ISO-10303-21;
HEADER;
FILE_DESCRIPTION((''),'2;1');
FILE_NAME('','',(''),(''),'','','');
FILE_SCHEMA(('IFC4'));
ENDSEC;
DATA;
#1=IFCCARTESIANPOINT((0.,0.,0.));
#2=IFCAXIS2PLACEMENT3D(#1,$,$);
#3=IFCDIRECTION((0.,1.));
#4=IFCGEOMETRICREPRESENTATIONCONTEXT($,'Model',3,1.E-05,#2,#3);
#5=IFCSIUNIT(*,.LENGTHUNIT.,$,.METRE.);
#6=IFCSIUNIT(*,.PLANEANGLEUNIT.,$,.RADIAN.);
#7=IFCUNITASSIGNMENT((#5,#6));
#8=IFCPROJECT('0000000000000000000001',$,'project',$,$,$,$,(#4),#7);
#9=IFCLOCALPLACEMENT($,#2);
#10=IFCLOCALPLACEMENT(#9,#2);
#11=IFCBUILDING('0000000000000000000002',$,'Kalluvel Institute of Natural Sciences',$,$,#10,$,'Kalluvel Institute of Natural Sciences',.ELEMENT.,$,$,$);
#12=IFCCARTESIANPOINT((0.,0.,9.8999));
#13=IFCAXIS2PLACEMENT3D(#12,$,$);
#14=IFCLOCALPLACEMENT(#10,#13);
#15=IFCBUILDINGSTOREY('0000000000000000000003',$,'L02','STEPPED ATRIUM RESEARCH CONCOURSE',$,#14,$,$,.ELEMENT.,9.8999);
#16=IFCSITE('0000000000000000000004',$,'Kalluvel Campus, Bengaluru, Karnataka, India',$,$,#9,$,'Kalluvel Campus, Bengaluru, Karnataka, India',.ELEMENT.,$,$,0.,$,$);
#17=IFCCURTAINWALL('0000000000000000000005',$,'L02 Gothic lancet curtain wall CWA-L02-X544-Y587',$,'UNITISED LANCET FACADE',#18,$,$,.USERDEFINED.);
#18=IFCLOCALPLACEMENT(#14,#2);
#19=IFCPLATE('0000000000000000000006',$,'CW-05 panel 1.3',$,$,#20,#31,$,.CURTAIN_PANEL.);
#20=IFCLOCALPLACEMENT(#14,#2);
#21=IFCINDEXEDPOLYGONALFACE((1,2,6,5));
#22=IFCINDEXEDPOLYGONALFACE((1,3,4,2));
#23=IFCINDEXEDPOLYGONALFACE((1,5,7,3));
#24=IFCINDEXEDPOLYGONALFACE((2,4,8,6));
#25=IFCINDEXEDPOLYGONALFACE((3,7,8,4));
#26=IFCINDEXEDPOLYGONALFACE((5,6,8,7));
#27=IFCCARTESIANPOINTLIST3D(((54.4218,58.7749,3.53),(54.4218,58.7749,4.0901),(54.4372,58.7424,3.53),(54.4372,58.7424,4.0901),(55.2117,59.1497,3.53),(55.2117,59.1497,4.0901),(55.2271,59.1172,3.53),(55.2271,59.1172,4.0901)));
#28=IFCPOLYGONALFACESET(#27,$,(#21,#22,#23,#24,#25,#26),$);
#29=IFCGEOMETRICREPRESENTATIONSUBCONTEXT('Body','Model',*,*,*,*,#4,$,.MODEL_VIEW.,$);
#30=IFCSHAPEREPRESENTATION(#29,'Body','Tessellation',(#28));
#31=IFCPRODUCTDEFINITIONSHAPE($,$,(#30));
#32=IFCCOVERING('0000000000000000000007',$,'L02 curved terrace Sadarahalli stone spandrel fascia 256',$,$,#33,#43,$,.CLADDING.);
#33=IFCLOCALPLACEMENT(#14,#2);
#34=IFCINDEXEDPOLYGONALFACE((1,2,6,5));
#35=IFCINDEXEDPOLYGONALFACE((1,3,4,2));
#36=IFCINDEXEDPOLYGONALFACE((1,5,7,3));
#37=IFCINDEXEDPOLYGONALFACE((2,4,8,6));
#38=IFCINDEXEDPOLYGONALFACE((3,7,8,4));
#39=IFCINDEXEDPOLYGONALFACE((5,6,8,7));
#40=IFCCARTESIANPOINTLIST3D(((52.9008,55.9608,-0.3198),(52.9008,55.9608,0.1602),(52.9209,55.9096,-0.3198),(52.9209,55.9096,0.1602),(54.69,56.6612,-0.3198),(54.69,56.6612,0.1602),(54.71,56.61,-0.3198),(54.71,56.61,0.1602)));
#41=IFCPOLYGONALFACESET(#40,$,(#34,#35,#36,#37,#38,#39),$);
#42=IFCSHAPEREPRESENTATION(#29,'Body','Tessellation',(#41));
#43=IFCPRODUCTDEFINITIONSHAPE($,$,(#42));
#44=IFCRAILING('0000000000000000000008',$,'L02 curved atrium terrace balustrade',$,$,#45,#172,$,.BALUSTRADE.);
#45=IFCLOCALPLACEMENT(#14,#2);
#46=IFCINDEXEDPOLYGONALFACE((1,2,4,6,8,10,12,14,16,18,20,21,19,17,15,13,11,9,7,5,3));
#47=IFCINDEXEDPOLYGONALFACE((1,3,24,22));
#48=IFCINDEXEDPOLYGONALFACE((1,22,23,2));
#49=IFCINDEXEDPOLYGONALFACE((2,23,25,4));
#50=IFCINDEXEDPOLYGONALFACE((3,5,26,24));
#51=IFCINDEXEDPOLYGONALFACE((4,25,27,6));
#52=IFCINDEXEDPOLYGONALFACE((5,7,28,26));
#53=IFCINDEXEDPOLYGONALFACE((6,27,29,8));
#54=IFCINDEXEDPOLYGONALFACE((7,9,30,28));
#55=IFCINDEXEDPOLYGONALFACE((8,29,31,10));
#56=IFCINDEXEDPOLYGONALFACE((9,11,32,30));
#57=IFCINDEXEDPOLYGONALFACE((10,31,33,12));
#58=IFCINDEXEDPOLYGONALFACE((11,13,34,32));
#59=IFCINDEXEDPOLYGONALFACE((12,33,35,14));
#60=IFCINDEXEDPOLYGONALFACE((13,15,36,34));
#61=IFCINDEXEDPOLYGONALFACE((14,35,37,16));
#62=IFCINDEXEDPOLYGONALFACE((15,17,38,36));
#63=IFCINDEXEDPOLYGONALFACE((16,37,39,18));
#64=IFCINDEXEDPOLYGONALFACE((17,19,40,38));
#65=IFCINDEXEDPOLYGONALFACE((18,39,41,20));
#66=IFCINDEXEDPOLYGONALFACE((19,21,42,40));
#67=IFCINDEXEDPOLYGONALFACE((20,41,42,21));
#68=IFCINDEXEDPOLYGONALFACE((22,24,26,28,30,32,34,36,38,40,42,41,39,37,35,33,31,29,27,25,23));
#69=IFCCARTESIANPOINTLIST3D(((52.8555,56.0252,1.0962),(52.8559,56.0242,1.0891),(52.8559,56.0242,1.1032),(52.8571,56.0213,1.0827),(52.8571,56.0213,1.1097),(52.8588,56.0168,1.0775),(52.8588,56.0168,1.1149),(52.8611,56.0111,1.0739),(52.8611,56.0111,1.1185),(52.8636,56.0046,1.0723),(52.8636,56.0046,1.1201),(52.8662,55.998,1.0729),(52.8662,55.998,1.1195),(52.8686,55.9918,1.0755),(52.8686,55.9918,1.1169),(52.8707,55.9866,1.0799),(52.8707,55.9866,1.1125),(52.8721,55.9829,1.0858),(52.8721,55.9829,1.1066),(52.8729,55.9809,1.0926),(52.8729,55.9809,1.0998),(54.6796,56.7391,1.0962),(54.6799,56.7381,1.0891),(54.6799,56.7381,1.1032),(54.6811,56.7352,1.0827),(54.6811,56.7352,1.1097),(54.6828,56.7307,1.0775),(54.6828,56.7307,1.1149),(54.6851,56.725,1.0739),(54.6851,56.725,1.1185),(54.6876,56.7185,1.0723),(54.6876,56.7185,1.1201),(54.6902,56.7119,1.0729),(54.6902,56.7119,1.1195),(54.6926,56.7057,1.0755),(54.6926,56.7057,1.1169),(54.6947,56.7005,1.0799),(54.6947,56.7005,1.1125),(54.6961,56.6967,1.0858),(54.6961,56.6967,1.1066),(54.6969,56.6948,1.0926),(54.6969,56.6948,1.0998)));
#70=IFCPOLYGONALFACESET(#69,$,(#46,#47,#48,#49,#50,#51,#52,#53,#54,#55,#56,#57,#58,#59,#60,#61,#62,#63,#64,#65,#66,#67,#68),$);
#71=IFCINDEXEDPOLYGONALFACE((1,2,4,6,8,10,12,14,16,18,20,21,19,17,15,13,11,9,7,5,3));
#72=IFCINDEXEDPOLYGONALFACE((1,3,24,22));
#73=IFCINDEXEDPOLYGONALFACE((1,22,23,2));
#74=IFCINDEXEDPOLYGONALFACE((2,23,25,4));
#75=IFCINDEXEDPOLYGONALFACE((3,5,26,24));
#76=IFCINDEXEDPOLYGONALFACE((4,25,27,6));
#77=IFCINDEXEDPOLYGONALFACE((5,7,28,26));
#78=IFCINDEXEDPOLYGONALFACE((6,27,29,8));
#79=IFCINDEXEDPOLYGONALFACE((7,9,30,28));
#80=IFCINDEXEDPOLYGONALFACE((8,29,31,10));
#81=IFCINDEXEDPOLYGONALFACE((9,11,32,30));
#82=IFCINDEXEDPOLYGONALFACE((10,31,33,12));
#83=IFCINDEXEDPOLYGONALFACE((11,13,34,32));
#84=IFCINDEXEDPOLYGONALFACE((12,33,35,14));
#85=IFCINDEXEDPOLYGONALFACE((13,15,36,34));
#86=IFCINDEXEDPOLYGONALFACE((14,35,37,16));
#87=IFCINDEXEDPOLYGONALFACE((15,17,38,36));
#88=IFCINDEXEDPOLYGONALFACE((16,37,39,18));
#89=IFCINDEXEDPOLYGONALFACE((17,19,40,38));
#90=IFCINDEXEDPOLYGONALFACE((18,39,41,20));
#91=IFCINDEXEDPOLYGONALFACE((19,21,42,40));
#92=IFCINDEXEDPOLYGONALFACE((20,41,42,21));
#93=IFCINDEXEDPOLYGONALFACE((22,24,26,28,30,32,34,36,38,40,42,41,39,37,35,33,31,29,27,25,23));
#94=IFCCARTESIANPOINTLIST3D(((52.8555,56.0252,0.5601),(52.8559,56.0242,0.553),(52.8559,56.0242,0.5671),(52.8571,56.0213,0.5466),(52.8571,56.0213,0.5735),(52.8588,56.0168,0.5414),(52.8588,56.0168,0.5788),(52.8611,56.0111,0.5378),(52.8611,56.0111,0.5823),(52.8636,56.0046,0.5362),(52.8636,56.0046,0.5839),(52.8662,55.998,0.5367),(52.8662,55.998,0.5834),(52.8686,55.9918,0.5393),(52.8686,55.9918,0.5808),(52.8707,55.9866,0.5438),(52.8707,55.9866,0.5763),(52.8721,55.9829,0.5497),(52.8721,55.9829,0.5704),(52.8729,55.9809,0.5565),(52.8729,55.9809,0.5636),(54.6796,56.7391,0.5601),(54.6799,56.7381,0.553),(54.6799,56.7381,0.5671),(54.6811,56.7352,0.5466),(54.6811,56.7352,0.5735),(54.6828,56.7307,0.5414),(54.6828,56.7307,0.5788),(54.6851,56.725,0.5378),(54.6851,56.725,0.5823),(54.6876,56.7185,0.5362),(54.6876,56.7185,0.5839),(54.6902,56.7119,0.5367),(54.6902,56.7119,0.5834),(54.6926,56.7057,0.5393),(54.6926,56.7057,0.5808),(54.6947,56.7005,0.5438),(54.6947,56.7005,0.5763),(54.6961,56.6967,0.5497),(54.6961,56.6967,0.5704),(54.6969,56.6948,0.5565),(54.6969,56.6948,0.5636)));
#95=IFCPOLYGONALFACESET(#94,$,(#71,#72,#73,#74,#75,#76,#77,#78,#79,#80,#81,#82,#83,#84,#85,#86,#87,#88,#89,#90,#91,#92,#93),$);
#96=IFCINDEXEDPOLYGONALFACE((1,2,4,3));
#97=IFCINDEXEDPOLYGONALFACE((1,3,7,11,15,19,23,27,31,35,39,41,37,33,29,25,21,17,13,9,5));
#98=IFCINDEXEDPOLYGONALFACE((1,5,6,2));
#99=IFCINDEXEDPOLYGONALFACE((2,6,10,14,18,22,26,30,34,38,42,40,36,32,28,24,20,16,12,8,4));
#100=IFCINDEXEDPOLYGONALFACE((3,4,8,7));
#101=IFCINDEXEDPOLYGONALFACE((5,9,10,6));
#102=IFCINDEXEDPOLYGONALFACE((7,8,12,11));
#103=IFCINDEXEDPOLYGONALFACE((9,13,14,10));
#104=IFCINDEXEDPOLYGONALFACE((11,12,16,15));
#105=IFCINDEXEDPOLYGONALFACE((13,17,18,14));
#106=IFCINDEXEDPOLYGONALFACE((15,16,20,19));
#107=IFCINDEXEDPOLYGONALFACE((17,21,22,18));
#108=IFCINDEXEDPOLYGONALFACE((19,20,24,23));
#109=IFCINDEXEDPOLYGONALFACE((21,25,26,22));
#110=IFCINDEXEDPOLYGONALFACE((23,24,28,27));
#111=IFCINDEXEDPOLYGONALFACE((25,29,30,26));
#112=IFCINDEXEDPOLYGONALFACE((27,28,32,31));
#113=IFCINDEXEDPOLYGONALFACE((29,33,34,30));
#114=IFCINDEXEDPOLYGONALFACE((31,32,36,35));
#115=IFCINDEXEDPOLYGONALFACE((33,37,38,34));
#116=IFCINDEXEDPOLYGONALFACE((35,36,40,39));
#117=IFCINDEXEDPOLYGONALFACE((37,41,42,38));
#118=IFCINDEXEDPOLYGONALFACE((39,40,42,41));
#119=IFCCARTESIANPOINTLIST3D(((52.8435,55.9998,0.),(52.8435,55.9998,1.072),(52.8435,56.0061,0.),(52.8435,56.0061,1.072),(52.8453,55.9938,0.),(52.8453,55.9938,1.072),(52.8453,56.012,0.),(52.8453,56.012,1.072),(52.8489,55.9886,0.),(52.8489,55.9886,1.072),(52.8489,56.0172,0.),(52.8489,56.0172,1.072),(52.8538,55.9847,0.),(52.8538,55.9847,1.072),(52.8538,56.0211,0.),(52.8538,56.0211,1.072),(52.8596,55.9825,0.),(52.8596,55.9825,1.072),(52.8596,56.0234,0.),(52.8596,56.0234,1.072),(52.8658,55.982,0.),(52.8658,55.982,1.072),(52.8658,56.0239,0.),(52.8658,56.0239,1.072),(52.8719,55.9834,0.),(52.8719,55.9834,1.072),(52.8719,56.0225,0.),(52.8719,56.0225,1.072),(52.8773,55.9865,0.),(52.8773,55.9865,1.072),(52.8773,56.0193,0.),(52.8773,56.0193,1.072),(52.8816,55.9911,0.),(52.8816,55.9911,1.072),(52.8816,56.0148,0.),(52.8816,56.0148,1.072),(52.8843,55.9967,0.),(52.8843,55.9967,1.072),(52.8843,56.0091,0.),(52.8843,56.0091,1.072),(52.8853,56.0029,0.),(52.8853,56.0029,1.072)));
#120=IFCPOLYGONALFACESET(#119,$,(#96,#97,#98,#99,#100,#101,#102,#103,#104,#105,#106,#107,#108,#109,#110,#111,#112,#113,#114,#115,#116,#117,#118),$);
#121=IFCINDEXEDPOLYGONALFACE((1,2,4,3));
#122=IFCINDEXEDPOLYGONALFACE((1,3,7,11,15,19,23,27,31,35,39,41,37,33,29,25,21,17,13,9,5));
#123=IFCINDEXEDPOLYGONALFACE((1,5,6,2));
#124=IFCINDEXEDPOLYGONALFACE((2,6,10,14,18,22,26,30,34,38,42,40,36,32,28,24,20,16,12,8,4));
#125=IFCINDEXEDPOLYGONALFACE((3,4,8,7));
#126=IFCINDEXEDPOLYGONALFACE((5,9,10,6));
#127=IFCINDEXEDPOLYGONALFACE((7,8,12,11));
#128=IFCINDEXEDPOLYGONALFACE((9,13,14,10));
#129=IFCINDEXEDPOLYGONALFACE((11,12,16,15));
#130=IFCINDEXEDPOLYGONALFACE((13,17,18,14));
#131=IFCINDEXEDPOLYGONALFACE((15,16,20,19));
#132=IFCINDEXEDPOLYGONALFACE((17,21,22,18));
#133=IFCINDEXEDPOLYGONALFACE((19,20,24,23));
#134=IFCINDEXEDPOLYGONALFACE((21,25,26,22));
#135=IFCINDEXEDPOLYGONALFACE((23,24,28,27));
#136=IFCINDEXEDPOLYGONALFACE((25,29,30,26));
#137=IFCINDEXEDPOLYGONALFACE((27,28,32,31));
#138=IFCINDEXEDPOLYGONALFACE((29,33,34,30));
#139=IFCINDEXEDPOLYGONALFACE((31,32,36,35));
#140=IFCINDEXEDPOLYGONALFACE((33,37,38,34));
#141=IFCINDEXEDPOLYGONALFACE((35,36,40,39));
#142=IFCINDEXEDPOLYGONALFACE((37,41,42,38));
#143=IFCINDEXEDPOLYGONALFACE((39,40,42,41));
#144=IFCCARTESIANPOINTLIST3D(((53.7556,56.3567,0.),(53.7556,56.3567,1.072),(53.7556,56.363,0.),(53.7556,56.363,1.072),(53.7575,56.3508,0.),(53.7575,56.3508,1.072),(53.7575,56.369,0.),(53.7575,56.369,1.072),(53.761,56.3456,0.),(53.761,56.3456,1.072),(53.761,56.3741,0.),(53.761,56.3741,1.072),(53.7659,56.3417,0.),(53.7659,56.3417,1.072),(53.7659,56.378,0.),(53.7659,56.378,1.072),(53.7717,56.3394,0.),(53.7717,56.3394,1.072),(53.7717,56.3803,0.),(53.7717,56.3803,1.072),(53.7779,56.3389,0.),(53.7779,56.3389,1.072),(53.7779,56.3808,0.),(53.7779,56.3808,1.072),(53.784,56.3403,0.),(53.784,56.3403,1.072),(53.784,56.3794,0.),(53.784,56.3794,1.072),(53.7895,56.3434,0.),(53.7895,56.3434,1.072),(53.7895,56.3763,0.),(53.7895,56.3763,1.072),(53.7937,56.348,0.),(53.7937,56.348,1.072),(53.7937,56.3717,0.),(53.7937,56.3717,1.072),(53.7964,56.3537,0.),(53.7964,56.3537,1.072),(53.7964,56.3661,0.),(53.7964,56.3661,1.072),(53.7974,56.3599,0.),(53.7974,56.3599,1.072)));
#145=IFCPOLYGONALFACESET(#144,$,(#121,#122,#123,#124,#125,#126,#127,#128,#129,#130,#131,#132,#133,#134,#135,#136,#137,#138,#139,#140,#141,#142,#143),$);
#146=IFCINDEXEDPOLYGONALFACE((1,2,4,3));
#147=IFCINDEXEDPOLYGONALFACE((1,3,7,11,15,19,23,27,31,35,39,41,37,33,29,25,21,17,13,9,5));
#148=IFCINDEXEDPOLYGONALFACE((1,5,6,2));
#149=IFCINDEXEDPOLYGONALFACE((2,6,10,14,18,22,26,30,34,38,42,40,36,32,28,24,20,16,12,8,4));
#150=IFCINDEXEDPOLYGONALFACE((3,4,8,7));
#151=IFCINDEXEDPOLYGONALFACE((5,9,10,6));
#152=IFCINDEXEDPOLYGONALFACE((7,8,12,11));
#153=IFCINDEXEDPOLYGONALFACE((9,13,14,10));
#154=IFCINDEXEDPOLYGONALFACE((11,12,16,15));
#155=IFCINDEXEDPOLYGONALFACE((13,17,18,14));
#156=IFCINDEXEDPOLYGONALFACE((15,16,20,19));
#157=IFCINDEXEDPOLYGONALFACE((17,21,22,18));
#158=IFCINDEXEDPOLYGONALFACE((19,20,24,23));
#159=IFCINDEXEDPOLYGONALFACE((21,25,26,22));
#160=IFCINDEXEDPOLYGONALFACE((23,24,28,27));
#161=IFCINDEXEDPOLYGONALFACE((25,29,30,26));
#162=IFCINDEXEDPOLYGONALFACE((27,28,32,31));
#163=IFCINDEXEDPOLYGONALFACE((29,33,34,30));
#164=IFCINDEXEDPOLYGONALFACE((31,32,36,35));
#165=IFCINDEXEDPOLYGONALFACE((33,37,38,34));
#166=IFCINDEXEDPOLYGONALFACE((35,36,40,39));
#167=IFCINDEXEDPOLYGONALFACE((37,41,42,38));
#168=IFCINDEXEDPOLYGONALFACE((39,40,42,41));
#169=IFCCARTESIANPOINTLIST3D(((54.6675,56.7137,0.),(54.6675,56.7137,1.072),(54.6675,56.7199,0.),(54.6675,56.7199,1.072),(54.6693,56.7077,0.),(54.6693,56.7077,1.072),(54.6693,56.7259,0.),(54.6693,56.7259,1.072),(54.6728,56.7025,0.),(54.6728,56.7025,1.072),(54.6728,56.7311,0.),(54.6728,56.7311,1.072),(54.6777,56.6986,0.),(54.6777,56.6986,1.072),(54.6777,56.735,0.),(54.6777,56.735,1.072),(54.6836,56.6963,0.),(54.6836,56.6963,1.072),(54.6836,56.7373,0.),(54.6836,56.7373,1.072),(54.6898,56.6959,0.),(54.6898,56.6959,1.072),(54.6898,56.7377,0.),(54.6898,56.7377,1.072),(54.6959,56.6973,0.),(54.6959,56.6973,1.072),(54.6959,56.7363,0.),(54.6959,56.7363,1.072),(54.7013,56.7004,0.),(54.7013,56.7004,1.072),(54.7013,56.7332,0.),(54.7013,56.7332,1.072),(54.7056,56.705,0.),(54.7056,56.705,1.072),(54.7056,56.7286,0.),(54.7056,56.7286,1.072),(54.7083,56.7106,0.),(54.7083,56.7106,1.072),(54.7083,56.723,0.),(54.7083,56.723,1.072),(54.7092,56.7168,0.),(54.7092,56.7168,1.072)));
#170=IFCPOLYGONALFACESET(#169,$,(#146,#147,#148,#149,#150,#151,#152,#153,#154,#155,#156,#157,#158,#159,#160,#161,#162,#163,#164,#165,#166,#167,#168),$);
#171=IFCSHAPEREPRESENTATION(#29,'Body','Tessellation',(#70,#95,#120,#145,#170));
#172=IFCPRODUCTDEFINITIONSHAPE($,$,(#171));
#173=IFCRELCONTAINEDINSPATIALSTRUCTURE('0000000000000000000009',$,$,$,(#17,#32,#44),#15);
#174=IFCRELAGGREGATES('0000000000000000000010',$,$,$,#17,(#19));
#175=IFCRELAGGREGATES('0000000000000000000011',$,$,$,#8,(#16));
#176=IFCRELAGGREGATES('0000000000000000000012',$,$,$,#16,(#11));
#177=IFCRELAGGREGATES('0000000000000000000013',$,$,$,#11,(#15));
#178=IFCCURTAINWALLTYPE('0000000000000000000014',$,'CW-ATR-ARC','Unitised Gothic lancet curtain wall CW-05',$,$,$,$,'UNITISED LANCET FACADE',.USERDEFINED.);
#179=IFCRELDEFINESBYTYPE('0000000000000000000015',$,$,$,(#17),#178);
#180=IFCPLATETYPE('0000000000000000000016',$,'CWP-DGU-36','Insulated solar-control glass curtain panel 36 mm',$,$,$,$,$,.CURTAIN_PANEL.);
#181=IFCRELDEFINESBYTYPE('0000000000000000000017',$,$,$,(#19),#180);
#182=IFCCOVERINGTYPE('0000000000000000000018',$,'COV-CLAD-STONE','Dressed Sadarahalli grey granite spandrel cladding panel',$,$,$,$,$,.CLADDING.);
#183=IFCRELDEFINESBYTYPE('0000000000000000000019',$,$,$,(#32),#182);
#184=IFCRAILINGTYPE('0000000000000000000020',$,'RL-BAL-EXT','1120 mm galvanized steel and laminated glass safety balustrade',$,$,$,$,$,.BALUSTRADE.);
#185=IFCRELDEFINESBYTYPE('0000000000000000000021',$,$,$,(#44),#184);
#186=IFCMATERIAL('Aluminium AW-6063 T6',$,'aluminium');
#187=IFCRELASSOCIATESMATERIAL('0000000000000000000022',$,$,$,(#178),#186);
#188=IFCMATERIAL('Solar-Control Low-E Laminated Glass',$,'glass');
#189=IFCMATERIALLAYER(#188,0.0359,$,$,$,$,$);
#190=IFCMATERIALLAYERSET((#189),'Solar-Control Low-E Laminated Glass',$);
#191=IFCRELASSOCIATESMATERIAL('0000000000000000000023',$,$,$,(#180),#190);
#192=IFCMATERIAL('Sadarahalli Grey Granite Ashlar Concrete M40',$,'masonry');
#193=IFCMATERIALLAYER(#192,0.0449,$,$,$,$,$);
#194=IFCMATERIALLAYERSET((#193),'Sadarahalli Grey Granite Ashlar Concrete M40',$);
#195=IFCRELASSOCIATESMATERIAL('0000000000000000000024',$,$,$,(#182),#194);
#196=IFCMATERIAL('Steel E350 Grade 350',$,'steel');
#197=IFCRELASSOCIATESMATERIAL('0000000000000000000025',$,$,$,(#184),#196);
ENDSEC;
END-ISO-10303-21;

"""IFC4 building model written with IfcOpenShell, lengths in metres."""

from ifc_helpers import new_model, si_unit, direction, frame, origin, origin_2d, place, context, subcontext, project, spatial, rectangle, circle, extrude, material, layer, layer_set, type_object, element, aggregate, save


model = new_model("IFC4")

# Units and contexts
model_context = context("Model", 3, precision=1e-05, world=origin(), true_north=direction((0.0, 1.0)))
body_context = subcontext(model_context, "Body", "Model", "MODEL_VIEW")
ifc_project = project(units=[si_unit("LENGTHUNIT", "METRE"), si_unit("PLANEANGLEUNIT", "RADIAN")], contexts=[model_context])

# Site, building, storey
site_placement = place(None, origin())
site = spatial("IfcSite", under=ifc_project, at=site_placement, Name="Kalluvel Campus, Bengaluru, Karnataka, India", LongName="Kalluvel Campus, Bengaluru, Karnataka, India", CompositionType="ELEMENT", RefElevation=0.0)
building_placement = place(site_placement, origin())
building = spatial("IfcBuilding", under=site, at=building_placement, Name="Kalluvel Institute of Natural Sciences", LongName="Kalluvel Institute of Natural Sciences", CompositionType="ELEMENT")
storey_placement = place(building_placement, frame((0.0, 0.0, 9.8999)))
storey = spatial("IfcBuildingStorey", under=building, at=storey_placement, Name="L02", Description="STEPPED ATRIUM RESEARCH CONCOURSE", CompositionType="ELEMENT", Elevation=9.8999)

# Curtain wall
ifc_material_1 = material(Name="Aluminium AW-6063 T6", Category="aluminium")
curtain_wall_type = type_object("IfcCurtainWallType", Name="CW-ATR-ARC", Description="Unitised Gothic lancet curtain wall CW-05", ElementType="UNITISED LANCET FACADE", PredefinedType="USERDEFINED", material=ifc_material_1)
curtain_wall_1_placement = place(storey_placement, origin())
curtain_wall_1 = element("IfcCurtainWall", 1, at=curtain_wall_1_placement, inside=storey, type_object=curtain_wall_type, Name="L02 Gothic lancet curtain wall CWA-L02-X544-Y587", ObjectType="UNITISED LANCET FACADE", PredefinedType="USERDEFINED")

# Plate
ifc_material_2 = material(Name="Solar-Control Low-E Laminated Glass", Category="glass")
ifc_layer_1 = layer(ifc_material_2, 0.0359)
ifc_layer_set_1 = layer_set([ifc_layer_1], Name="Solar-Control Low-E Laminated Glass")
plate_type = type_object("IfcPlateType", Name="CWP-DGU-36", Description="Insulated solar-control glass curtain panel 36 mm", PredefinedType="CURTAIN_PANEL", material=ifc_layer_set_1)
plate_1_placement = place(storey_placement, frame((54.8245, 58.946, 3.53), z_axis=(0.0, 0.0, 1.0), x_axis=(0.903446, 0.428702, 0.0)))
plate_1 = element("IfcPlate", 2, at=plate_1_placement, type_object=plate_type, Name="CW-05 panel 1.3", PredefinedType="CURTAIN_PANEL", context=body_context, shape_type="SweptSolid", body=[
    extrude(rectangle(XDim=0.8743, YDim=0.0359, at=origin_2d()), origin(), (0.0, 0.0, 1.0), 0.5601),
])
aggregate(curtain_wall_1, [plate_1])

# Covering
ifc_material_3 = material(Name="Sadarahalli Grey Granite Ashlar Concrete M40", Category="masonry")
ifc_layer_2 = layer(ifc_material_3, 0.0449)
ifc_layer_set_2 = layer_set([ifc_layer_2], Name="Sadarahalli Grey Granite Ashlar Concrete M40")
covering_type = type_object("IfcCoveringType", Name="COV-CLAD-STONE", Description="Dressed Sadarahalli grey granite spandrel cladding panel", PredefinedType="CLADDING", material=ifc_layer_set_2)
covering_placement = place(storey_placement, frame((53.8054, 56.2854, -0.3198), z_axis=(0.0, 0.0, 1.0), x_axis=(0.931183, 0.364552, 0.0)))
element("IfcCovering", 3, at=covering_placement, inside=storey, type_object=covering_type, Name="L02 curved terrace Sadarahalli stone spandrel fascia 256", PredefinedType="CLADDING", context=body_context, shape_type="SweptSolid", body=[
    extrude(rectangle(XDim=1.9214, YDim=0.0549, at=origin_2d()), origin(), (0.0, 0.0, 1.0), 0.48),
])

# Railing
ifc_material_4 = material(Name="Steel E350 Grade 350", Category="steel")
railing_type = type_object("IfcRailingType", Name="RL-BAL-EXT", Description="1120 mm galvanized steel and laminated glass safety balustrade", PredefinedType="BALUSTRADE", material=ifc_material_4)
railing_1_placement = place(storey_placement, frame((52.8643, 56.0029, 0.0)))
element("IfcRailing", 4, at=railing_1_placement, inside=storey, type_object=railing_type, Name="L02 curved atrium terrace balustrade", PredefinedType="BALUSTRADE", context=body_context, shape_type="SweptSolid", body=[
    extrude(circle(Radius=0.0239, at=origin_2d()), frame((0.0, 0.0, 1.0962), z_axis=(0.931219, 0.36446, 0.0), x_axis=(-0.36446, 0.931219, 0.0)), (0.0, 0.0, 1.0), 1.9587),
    extrude(circle(Radius=0.0239, at=origin_2d()), frame((0.0, 0.0, 0.5601), z_axis=(0.931219, 0.36446, 0.0), x_axis=(-0.36446, 0.931219, 0.0)), (0.0, 0.0, 1.0), 1.9587),
    extrude(circle(Radius=0.021, at=origin_2d()), origin(), (0.0, 0.0, 1.0), 1.072),
    extrude(circle(Radius=0.021, at=origin_2d()), frame((0.9121, 0.3569, 0.0)), (0.0, 0.0, 1.0), 1.072),
    extrude(circle(Radius=0.021, at=origin_2d()), frame((1.824, 0.7139, 0.0)), (0.0, 0.0, 1.0), 1.072),
])

save(model, "model.ifc")
